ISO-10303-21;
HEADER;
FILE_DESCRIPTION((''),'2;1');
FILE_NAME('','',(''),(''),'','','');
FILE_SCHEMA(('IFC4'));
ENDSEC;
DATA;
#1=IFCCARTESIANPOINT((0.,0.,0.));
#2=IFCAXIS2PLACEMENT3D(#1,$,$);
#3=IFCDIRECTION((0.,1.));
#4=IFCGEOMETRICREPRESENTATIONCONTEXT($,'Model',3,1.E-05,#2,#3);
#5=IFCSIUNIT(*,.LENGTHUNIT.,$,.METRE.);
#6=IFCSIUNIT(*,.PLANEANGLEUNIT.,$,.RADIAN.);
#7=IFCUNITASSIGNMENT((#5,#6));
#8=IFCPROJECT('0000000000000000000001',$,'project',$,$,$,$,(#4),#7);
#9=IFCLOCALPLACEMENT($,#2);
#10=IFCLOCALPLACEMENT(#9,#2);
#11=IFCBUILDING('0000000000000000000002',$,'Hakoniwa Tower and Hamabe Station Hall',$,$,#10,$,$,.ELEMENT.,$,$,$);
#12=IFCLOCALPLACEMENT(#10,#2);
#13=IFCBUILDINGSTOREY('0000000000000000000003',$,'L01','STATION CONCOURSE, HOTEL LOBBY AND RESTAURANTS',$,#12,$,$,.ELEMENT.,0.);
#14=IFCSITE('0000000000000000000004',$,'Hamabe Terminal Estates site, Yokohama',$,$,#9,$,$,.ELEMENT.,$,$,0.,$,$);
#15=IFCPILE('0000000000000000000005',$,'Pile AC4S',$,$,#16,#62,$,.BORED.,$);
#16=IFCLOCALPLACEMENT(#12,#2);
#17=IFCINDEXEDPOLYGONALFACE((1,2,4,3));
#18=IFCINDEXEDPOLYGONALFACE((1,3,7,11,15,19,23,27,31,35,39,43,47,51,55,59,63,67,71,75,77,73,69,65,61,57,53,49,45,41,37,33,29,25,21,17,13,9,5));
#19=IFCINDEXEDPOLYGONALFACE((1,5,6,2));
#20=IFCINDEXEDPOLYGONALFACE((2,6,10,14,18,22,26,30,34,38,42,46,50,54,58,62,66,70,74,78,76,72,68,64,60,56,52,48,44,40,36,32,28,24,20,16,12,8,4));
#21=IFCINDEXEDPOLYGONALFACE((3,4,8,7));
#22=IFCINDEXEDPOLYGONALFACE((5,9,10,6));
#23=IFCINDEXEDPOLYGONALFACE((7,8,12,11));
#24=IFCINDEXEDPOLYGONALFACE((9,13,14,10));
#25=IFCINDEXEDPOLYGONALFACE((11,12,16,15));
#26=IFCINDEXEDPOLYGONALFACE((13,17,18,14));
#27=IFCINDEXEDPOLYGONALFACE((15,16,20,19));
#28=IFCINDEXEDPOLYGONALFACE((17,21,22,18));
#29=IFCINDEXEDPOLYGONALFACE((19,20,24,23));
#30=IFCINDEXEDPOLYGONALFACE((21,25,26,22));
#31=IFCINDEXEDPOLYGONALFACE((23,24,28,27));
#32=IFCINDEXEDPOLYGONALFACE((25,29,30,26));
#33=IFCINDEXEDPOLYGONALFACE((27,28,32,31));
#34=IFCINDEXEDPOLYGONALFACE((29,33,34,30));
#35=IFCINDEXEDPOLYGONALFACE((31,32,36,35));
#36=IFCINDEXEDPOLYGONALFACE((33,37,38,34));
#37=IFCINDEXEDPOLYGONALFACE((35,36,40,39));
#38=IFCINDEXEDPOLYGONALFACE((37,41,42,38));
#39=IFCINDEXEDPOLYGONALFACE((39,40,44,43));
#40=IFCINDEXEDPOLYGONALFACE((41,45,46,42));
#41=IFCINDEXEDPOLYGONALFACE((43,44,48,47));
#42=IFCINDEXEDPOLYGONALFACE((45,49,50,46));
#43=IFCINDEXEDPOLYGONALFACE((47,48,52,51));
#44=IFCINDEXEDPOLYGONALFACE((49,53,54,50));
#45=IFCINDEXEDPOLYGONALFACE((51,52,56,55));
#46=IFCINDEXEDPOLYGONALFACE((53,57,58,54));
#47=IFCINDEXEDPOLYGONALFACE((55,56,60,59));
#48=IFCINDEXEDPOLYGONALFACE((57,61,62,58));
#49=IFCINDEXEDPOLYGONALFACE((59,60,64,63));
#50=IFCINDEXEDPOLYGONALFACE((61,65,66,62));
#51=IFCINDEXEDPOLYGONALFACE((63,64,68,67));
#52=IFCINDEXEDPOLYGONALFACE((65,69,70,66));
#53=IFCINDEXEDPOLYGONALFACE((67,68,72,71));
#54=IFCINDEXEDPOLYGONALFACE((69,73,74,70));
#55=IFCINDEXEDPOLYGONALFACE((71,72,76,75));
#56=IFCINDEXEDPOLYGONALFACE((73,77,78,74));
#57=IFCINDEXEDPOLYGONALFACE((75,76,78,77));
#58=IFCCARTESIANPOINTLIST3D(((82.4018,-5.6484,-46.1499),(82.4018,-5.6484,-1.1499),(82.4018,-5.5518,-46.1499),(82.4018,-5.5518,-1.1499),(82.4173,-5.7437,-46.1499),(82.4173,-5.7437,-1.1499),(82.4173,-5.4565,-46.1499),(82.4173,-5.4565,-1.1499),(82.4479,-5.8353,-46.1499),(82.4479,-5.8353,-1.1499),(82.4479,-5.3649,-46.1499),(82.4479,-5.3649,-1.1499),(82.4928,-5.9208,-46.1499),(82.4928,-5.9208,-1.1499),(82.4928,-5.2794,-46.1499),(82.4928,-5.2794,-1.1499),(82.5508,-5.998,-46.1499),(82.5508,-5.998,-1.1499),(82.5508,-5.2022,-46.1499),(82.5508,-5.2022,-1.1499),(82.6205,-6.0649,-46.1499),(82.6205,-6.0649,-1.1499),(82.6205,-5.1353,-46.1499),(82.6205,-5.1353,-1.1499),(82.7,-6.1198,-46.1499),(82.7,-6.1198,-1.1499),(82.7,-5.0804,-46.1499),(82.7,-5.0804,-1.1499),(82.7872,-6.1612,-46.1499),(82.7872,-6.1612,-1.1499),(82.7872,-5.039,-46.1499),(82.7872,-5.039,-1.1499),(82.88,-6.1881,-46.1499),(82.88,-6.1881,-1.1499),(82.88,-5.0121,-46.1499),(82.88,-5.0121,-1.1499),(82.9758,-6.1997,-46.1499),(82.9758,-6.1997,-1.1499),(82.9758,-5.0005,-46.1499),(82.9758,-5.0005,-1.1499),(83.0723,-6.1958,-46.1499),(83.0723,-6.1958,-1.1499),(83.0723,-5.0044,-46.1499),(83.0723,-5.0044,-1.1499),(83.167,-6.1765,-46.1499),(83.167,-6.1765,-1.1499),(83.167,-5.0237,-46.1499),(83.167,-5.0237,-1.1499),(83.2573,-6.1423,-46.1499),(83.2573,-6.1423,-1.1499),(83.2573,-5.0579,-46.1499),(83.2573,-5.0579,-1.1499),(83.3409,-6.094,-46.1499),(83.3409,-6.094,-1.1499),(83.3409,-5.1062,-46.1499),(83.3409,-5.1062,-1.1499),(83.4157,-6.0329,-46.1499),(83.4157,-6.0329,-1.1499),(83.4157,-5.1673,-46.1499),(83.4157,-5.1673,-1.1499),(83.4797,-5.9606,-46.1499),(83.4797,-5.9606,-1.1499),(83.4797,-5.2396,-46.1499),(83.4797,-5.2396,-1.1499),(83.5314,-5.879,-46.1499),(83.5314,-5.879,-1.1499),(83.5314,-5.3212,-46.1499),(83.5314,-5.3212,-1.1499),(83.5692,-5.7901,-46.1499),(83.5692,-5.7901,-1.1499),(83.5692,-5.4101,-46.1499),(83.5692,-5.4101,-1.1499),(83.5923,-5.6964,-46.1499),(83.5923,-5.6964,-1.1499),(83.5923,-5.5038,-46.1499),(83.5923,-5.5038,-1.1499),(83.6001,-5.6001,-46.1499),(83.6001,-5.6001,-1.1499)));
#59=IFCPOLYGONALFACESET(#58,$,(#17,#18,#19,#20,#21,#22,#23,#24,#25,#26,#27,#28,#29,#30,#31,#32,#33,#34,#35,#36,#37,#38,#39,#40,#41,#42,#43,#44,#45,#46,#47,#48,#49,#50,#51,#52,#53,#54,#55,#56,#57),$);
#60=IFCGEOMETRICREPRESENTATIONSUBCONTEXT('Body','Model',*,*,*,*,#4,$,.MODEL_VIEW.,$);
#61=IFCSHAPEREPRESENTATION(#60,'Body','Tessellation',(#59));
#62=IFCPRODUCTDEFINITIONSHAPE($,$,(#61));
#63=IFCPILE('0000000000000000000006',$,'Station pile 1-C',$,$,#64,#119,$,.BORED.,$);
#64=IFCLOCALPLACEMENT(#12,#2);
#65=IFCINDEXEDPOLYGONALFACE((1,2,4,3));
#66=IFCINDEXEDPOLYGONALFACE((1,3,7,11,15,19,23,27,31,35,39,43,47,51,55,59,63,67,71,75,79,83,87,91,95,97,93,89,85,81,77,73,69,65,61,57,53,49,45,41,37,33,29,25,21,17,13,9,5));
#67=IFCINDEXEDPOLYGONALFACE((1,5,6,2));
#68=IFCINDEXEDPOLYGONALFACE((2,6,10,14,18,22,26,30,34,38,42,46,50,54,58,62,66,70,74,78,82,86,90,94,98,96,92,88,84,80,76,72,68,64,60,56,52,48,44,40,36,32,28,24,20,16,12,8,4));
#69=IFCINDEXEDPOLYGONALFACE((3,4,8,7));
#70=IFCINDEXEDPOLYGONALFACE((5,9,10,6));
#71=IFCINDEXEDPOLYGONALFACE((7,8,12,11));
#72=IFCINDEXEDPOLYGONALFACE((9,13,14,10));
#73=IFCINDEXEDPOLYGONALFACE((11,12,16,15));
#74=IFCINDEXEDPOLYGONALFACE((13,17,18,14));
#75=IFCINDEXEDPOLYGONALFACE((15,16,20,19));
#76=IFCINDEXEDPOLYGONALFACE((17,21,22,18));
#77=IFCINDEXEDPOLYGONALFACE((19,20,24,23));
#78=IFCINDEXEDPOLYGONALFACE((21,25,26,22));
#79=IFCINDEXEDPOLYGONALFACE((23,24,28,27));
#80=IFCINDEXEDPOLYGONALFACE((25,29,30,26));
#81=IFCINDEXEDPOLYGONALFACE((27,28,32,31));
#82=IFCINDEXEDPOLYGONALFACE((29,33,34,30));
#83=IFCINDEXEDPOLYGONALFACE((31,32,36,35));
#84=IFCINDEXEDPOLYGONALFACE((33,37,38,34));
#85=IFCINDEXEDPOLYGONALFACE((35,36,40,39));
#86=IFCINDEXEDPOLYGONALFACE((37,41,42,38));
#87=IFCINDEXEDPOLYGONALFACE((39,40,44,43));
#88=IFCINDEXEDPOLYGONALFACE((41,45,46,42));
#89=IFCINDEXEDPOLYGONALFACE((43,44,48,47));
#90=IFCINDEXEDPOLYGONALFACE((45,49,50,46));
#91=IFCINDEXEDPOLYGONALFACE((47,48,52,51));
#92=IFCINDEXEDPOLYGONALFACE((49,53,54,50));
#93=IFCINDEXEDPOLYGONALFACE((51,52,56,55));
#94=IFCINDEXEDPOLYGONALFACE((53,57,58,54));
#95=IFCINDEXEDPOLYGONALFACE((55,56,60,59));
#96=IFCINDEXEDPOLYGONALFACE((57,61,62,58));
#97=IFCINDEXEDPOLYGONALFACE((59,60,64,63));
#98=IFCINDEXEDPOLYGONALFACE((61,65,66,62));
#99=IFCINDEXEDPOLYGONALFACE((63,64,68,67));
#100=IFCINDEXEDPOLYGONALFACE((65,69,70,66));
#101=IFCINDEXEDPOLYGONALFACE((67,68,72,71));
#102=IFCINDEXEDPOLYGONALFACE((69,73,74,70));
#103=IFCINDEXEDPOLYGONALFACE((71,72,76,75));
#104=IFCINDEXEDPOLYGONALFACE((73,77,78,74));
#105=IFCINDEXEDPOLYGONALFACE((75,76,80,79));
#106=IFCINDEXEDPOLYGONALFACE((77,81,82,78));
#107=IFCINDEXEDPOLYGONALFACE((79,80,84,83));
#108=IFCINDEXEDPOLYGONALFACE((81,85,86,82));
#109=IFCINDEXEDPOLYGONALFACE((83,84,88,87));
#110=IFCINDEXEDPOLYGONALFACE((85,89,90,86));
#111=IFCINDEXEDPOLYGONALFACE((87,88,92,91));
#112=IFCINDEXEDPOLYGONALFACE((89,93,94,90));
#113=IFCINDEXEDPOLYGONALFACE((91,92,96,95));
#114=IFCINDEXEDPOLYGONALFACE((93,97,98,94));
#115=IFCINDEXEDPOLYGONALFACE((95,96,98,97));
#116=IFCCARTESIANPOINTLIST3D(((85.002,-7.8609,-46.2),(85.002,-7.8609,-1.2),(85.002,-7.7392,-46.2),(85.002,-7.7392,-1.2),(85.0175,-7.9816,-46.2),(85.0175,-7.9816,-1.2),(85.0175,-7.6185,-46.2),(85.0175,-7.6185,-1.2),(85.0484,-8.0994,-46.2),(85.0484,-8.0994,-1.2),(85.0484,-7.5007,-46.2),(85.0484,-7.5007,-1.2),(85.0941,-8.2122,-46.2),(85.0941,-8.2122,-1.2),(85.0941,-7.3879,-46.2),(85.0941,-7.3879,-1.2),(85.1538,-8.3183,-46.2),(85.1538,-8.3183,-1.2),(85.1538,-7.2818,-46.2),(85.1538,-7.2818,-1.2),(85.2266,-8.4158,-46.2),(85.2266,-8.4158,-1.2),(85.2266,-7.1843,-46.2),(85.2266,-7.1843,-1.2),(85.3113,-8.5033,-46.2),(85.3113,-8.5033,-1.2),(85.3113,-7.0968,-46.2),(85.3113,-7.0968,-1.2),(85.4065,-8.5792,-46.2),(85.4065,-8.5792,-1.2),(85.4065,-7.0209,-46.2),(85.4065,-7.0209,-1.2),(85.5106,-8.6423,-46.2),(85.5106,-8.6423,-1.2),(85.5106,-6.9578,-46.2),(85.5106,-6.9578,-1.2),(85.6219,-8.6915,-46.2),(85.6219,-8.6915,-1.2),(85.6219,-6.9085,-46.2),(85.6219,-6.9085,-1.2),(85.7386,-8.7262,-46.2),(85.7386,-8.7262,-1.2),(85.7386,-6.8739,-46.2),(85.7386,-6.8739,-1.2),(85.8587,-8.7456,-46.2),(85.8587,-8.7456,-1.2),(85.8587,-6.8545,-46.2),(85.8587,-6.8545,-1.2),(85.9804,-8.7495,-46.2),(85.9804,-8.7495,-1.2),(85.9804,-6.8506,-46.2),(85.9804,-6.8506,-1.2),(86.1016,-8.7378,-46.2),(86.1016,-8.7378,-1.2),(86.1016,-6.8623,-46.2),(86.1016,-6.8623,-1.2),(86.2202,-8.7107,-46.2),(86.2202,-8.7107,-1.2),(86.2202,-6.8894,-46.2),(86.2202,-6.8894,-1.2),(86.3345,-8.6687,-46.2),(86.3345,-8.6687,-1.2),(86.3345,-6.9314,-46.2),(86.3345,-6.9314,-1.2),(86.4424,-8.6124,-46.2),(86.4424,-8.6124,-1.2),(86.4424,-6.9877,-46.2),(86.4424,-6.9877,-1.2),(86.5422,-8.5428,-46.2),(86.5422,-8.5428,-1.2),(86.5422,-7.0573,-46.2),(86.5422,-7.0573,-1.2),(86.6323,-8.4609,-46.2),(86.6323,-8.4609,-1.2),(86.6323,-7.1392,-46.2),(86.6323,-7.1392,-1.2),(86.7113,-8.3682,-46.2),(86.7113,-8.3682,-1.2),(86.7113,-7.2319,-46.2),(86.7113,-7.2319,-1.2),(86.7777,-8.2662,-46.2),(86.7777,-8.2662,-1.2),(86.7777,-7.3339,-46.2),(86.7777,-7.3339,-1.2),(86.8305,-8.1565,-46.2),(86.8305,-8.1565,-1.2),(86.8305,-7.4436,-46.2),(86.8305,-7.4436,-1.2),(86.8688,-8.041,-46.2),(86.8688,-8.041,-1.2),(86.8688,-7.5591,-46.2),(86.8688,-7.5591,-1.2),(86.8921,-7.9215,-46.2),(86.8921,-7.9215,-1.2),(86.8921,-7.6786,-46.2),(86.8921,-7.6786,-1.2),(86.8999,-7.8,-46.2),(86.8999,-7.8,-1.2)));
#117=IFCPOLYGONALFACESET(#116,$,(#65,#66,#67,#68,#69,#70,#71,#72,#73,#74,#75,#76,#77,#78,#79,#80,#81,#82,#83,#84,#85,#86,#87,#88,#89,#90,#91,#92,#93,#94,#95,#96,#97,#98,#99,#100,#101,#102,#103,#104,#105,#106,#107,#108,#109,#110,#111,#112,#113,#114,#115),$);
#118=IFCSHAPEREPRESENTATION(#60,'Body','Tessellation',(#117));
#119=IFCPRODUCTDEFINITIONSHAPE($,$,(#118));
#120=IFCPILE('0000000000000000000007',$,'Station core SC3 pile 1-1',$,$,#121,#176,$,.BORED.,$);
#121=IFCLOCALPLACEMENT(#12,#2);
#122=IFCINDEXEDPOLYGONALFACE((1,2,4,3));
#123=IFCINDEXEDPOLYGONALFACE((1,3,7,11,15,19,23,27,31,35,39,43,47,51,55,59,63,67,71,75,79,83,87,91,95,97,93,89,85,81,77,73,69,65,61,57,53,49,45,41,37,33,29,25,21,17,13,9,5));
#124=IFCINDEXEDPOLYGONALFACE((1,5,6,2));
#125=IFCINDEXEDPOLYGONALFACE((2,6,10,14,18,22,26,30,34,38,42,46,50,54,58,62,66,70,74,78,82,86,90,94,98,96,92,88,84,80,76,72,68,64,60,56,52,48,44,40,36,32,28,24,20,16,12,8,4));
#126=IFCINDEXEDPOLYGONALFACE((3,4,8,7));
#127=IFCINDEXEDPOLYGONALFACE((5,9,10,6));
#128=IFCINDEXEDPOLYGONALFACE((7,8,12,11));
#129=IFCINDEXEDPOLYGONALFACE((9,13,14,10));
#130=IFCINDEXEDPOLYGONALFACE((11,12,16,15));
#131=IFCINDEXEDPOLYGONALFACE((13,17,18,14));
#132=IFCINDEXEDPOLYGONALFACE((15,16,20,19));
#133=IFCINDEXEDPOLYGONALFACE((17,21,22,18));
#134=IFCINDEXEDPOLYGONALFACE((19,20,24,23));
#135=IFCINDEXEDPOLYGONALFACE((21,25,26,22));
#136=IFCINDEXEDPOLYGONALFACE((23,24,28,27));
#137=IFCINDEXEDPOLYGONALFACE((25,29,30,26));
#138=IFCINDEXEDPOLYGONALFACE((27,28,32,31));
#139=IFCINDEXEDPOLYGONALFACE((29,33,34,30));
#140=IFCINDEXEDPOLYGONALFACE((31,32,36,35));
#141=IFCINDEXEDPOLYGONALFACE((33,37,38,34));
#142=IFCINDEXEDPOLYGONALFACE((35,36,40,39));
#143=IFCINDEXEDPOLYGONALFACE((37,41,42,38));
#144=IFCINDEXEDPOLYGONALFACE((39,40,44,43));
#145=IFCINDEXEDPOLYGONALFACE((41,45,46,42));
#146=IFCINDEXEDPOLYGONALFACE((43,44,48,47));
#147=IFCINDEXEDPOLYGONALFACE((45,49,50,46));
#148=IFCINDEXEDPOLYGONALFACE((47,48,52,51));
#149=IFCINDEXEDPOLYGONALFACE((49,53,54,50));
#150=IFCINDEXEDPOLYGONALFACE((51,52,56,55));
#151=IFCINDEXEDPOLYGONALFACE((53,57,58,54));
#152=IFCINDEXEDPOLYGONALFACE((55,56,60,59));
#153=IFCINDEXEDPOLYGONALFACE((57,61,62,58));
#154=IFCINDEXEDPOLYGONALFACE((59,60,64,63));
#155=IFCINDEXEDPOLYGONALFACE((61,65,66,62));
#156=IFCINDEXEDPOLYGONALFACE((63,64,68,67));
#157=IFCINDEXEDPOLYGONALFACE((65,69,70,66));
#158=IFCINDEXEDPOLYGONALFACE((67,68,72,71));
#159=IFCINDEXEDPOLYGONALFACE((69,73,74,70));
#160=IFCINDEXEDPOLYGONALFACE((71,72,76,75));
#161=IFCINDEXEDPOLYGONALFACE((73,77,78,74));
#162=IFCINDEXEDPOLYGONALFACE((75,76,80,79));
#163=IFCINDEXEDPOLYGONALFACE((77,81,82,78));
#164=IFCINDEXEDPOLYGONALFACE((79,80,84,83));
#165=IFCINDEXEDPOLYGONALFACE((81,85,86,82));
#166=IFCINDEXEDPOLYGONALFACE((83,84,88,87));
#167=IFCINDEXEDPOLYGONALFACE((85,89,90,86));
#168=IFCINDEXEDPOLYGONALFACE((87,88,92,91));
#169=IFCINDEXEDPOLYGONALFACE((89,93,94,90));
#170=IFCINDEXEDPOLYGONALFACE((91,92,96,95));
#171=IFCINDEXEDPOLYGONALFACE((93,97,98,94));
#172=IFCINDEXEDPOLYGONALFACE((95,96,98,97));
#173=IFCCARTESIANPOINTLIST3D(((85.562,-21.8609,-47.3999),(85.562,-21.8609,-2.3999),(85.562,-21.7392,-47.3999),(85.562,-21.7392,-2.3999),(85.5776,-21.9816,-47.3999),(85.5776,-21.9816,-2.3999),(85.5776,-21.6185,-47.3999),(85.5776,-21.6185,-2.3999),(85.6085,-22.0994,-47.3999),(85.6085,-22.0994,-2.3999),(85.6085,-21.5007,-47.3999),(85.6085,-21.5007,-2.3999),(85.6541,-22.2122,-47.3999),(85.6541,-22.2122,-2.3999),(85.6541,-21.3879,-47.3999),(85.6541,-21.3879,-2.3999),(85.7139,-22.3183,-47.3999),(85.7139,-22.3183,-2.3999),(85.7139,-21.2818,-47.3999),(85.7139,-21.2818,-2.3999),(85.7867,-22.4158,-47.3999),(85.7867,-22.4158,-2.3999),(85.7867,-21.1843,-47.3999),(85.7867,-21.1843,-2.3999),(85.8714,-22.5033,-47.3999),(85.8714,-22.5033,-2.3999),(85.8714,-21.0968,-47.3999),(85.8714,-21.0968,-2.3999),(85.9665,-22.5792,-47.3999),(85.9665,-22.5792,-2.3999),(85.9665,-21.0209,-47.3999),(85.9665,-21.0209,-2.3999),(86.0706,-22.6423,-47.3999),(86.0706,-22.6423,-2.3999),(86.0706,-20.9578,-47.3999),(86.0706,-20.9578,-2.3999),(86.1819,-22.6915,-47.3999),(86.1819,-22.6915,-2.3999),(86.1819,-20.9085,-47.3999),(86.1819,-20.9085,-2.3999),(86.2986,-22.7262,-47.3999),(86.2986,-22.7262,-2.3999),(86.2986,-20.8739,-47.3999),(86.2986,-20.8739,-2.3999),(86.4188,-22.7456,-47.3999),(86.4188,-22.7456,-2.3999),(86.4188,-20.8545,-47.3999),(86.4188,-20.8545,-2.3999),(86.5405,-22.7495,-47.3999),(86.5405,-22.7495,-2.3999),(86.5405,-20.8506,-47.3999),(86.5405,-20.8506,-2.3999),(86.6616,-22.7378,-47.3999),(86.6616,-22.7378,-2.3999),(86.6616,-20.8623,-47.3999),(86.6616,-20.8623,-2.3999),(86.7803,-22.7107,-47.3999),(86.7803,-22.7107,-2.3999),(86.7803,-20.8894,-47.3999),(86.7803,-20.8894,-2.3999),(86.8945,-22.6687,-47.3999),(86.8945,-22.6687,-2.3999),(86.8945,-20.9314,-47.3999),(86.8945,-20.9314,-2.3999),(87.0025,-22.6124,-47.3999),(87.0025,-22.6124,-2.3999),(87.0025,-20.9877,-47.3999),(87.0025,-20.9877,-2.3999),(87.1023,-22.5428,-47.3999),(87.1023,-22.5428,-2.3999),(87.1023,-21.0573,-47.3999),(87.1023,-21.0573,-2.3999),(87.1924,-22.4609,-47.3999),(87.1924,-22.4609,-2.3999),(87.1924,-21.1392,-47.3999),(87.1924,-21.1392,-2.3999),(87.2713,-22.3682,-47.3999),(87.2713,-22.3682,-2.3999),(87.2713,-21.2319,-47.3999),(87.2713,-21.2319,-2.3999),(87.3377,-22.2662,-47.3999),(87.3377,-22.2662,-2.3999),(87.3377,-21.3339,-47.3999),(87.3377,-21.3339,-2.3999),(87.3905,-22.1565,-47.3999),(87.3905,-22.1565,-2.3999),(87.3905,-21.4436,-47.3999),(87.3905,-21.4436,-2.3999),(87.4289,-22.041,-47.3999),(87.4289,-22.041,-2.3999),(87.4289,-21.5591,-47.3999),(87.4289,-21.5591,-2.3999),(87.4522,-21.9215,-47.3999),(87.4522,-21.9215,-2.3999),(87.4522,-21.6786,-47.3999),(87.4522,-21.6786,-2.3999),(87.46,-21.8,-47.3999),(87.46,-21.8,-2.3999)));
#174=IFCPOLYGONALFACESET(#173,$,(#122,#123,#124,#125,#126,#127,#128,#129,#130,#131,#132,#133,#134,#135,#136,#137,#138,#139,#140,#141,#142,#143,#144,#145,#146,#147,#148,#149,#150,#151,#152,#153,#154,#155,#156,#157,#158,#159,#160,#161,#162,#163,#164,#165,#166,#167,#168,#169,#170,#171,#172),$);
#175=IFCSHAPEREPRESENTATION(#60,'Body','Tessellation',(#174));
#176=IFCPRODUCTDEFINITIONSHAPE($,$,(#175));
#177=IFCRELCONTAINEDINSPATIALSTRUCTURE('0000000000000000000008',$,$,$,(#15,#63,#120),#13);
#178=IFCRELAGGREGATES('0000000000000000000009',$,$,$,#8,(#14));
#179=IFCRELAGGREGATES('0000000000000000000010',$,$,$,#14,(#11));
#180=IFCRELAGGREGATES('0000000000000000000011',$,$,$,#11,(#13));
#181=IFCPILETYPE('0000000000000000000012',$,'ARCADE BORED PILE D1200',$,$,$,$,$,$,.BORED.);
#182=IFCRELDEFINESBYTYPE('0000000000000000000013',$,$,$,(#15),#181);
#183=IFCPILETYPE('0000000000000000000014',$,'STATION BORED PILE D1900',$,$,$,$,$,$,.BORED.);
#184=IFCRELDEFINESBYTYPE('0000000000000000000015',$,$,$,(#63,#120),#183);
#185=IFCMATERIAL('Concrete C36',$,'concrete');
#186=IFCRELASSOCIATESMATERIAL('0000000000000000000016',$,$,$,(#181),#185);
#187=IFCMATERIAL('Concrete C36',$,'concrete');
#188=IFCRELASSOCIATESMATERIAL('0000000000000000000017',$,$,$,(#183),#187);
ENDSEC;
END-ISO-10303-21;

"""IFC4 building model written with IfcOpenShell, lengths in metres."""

from ifc_helpers import new_model, si_unit, direction, frame, origin, origin_2d, place, context, subcontext, project, spatial, circle, extrude, material, material_profile, profile_set, type_object, element, save


model = new_model("IFC4")

# Units and contexts
model_context = context("Model", 3, precision=1e-05, world=origin(), true_north=direction((0.0, 1.0)))
body_context = subcontext(model_context, "Body", "Model", "MODEL_VIEW")
ifc_project = project(units=[si_unit("LENGTHUNIT", "METRE"), si_unit("PLANEANGLEUNIT", "RADIAN")], contexts=[model_context])

# Site, building, storey
site_placement = place(None, origin())
site = spatial("IfcSite", under=ifc_project, at=site_placement, Name="Hamabe Terminal Estates site, Yokohama", CompositionType="ELEMENT", RefElevation=0.0)
building_placement = place(site_placement, origin())
building = spatial("IfcBuilding", under=site, at=building_placement, Name="Hakoniwa Tower and Hamabe Station Hall", CompositionType="ELEMENT")
storey_placement = place(building_placement, origin())
storey = spatial("IfcBuildingStorey", under=building, at=storey_placement, Name="L01", Description="STATION CONCOURSE, HOTEL LOBBY AND RESTAURANTS", CompositionType="ELEMENT", Elevation=0.0)

# Piles
ifc_material_1 = material(Name="Concrete C36", Category="concrete")
ifc_material_profile_1 = material_profile(ifc_material_1, circle(Radius=0.6001, at=origin_2d()), Name="ARCADE BORED PILE D1200")
ifc_profile_set_1 = profile_set([ifc_material_profile_1], Name="Concrete C36")
pile_type_1 = type_object("IfcPileType", Name="ARCADE BORED PILE D1200", PredefinedType="BORED", material=ifc_profile_set_1)
pile_placement = place(storey_placement, frame((83.0, -5.6001, -1.1499), z_axis=(0.0, 0.0, -1.0), x_axis=(1.0, 0.0, 0.0)))
element("IfcPile", 1, at=pile_placement, inside=storey, type_object=pile_type_1, Name="Pile AC4S", PredefinedType="BORED", context=body_context, shape_type="SweptSolid", body=[
    extrude(circle(Radius=0.6001, at=origin_2d()), origin(), (0.0, 0.0, 1.0), 45.0),
])
ifc_material_2 = material(Name="Concrete C36", Category="concrete")
ifc_material_profile_2 = material_profile(ifc_material_2, circle(Radius=0.95, at=origin_2d()), Name="STATION BORED PILE D1900")
ifc_profile_set_2 = profile_set([ifc_material_profile_2], Name="Concrete C36")
pile_type_2 = type_object("IfcPileType", Name="STATION BORED PILE D1900", PredefinedType="BORED", material=ifc_profile_set_2)
for number, where, z_axis, x_axis, name in (
    (2, (85.95, -7.8, -1.2), (0.0, 0.0, -1.0), (1.0, 0.0, 0.0), "Station pile 1-C"),
    (3, (86.51, -21.8, -2.3999), (0.0, 0.0, -1.0), (1.0, 0.0, 0.0), "Station core SC3 pile 1-1"),
):
    element("IfcPile", number, at=place(storey_placement, frame(where, z_axis=z_axis, x_axis=x_axis)), inside=storey, type_object=pile_type_2, Name=name, PredefinedType="BORED", context=body_context, shape_type="SweptSolid", body=[
        extrude(circle(Radius=0.95, at=origin_2d()), origin(), (0.0, 0.0, 1.0), 45.0),
    ])

save(model, "model.ifc")
